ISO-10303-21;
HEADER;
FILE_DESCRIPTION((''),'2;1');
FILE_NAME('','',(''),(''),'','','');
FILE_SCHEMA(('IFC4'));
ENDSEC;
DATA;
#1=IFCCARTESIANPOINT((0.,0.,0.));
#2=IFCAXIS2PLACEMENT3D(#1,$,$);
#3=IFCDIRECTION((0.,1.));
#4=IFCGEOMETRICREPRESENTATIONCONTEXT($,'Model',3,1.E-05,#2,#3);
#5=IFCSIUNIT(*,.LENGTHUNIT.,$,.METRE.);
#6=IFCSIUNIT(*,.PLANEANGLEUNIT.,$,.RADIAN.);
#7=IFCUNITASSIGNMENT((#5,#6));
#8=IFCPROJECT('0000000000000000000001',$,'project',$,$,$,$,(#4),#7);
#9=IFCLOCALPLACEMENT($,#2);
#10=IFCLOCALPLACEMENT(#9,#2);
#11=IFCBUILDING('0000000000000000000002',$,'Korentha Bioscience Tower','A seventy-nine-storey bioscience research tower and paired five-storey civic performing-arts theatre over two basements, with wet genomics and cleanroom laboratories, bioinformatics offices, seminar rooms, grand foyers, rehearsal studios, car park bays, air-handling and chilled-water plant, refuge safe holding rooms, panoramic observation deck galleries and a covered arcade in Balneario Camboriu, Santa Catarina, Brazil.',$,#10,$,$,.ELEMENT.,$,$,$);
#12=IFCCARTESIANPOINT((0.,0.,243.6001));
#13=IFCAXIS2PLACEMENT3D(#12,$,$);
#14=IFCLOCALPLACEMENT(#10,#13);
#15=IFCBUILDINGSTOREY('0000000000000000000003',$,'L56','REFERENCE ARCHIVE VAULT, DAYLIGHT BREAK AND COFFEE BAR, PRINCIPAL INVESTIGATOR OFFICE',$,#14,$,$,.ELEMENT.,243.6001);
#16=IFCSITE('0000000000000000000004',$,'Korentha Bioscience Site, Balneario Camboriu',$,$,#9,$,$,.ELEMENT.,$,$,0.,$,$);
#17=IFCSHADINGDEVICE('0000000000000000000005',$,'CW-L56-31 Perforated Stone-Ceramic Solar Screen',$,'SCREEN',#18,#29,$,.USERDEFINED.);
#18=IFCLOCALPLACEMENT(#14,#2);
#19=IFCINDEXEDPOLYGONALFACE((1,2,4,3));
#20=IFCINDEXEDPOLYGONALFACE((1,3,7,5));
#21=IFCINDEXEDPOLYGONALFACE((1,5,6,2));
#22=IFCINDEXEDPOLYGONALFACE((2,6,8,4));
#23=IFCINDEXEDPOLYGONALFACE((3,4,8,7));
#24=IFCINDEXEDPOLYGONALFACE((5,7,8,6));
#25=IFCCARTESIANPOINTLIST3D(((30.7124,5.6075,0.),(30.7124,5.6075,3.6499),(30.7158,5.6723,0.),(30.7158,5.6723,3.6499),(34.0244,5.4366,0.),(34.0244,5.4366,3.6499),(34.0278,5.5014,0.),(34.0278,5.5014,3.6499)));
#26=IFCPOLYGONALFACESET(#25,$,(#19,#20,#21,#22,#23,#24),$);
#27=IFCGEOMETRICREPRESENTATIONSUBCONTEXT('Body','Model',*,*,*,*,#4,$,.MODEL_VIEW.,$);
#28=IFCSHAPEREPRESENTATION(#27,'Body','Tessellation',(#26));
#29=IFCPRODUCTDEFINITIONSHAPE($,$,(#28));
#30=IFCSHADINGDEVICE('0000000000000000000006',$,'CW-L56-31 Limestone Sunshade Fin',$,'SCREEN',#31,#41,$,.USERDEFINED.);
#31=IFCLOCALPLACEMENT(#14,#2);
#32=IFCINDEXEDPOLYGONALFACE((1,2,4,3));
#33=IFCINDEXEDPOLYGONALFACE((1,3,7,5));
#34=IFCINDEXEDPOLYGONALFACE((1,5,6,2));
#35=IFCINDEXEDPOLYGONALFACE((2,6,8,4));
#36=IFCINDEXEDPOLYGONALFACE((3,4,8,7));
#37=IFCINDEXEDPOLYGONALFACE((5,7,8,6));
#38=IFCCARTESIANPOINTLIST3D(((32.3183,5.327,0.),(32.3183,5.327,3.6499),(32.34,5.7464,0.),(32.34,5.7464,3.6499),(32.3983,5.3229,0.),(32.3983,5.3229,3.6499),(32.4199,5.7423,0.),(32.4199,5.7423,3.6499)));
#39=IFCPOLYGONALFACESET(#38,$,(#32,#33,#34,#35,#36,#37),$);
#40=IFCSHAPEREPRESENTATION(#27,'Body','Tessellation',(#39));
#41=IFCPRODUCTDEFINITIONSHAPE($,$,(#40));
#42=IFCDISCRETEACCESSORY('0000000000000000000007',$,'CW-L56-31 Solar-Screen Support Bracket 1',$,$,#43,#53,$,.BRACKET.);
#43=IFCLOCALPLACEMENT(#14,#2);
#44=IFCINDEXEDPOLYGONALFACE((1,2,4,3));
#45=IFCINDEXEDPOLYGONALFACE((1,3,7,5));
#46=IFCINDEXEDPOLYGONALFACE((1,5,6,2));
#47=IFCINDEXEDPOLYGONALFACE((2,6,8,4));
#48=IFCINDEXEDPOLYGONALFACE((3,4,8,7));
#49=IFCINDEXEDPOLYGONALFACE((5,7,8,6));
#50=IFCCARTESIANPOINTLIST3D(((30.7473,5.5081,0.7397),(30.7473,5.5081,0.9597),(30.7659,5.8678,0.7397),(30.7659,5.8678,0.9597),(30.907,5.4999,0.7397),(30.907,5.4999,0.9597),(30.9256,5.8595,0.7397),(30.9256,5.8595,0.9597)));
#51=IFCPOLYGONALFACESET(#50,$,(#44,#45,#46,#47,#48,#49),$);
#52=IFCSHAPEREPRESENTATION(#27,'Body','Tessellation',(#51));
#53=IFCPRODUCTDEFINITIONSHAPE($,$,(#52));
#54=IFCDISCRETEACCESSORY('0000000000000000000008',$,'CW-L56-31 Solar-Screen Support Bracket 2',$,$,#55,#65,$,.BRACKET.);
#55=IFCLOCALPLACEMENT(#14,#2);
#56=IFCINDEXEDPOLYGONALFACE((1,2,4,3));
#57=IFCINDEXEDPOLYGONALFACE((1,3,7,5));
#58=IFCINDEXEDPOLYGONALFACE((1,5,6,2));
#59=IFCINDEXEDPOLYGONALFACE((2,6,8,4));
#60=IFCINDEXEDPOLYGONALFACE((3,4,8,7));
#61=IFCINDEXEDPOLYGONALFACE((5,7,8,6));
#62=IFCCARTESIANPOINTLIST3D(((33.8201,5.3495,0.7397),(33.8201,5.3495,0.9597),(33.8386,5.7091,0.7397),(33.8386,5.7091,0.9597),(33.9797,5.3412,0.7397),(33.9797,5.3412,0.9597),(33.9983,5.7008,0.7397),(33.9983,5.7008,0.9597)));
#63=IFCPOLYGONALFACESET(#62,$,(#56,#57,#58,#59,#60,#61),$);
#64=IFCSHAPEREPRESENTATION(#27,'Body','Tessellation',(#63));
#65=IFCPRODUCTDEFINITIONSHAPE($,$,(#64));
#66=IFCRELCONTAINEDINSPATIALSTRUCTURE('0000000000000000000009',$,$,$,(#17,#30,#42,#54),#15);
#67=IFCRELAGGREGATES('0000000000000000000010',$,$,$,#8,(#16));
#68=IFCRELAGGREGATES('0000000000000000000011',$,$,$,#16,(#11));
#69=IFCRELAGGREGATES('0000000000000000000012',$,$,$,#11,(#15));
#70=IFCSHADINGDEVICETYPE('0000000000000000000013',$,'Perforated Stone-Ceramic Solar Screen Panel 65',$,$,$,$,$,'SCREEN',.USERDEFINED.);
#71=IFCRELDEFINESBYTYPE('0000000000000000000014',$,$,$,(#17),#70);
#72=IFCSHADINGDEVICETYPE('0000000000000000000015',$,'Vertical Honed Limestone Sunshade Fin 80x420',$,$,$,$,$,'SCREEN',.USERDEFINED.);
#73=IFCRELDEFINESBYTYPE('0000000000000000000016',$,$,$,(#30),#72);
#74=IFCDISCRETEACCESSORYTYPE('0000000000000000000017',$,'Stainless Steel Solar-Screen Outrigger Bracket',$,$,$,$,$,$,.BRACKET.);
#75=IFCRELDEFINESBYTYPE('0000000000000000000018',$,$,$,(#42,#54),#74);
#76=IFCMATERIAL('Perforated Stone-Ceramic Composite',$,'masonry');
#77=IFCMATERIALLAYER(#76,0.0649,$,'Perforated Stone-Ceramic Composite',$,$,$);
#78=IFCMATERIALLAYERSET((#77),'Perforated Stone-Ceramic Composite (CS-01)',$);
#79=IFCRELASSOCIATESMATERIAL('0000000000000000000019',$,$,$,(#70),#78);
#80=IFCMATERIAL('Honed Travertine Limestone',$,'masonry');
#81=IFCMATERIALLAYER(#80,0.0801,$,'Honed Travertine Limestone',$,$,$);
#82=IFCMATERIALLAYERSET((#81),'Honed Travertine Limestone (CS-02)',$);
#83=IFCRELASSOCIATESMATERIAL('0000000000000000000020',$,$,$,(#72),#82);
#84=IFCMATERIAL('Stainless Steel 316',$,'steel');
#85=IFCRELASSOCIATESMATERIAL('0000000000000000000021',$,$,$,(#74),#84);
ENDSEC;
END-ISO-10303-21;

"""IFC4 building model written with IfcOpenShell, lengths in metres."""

from ifc_helpers import new_model, si_unit, direction, frame, origin, origin_2d, place, context, subcontext, project, spatial, rectangle, extrude, material, layer, layer_set, type_object, element, save


model = new_model("IFC4")

# Units and contexts
model_context = context("Model", 3, precision=1e-05, world=origin(), true_north=direction((0.0, 1.0)))
body_context = subcontext(model_context, "Body", "Model", "MODEL_VIEW")
ifc_project = project(units=[si_unit("LENGTHUNIT", "METRE"), si_unit("PLANEANGLEUNIT", "RADIAN")], contexts=[model_context])

# Site, building, storey
site_placement = place(None, origin())
site = spatial("IfcSite", under=ifc_project, at=site_placement, Name="Korentha Bioscience Site, Balneario Camboriu", CompositionType="ELEMENT", RefElevation=0.0)
building_placement = place(site_placement, origin())
building = spatial("IfcBuilding", under=site, at=building_placement, Name="Korentha Bioscience Tower", Description="A seventy-nine-storey bioscience research tower and paired five-storey civic performing-arts theatre over two basements, with wet genomics and cleanroom laboratories, bioinformatics offices, seminar rooms, grand foyers, rehearsal studios, car park bays, air-handling and chilled-water plant, refuge safe holding rooms, panoramic observation deck galleries and a covered arcade in Balneario Camboriu, Santa Catarina, Brazil.", CompositionType="ELEMENT")
storey_placement = place(building_placement, frame((0.0, 0.0, 243.6001)))
storey = spatial("IfcBuildingStorey", under=building, at=storey_placement, Name="L56", Description="REFERENCE ARCHIVE VAULT, DAYLIGHT BREAK AND COFFEE BAR, PRINCIPAL INVESTIGATOR OFFICE", CompositionType="ELEMENT", Elevation=243.6001)

# Shading devices
ifc_material_1 = material(Name="Perforated Stone-Ceramic Composite", Category="masonry")
ifc_layer_1 = layer(ifc_material_1, 0.0649, Name="Perforated Stone-Ceramic Composite")
ifc_layer_set_1 = layer_set([ifc_layer_1], Name="Perforated Stone-Ceramic Composite (CS-01)")
shading_device_type_1 = type_object("IfcShadingDeviceType", Name="Perforated Stone-Ceramic Solar Screen Panel 65", ElementType="SCREEN", PredefinedType="USERDEFINED", material=ifc_layer_set_1)
shading_device_1_placement = place(storey_placement, frame((32.3701, 5.5544, 0.0), z_axis=(0.0, 0.0, 1.0), x_axis=(0.998671, -0.051538, 0.0)))
element("IfcShadingDevice", 1, at=shading_device_1_placement, inside=storey, type_object=shading_device_type_1, Name="CW-L56-31 Perforated Stone-Ceramic Solar Screen", ObjectType="SCREEN", PredefinedType="USERDEFINED", context=body_context, shape_type="SweptSolid", body=[
    extrude(rectangle(XDim=3.3164, YDim=0.0649, at=origin_2d()), origin(), (0.0, 0.0, 1.0), 3.6499),
])
ifc_material_2 = material(Name="Honed Travertine Limestone", Category="masonry")
ifc_layer_2 = layer(ifc_material_2, 0.0801, Name="Honed Travertine Limestone")
ifc_layer_set_2 = layer_set([ifc_layer_2], Name="Honed Travertine Limestone (CS-02)")
shading_device_type_2 = type_object("IfcShadingDeviceType", Name="Vertical Honed Limestone Sunshade Fin 80x420", ElementType="SCREEN", PredefinedType="USERDEFINED", material=ifc_layer_set_2)
shading_device_2_placement = place(storey_placement, frame((32.3691, 5.5347, 0.0), z_axis=(0.0, 0.0, 1.0), x_axis=(0.998671, -0.051538, 0.0)))
element("IfcShadingDevice", 2, at=shading_device_2_placement, inside=storey, type_object=shading_device_type_2, Name="CW-L56-31 Limestone Sunshade Fin", ObjectType="SCREEN", PredefinedType="USERDEFINED", context=body_context, shape_type="SweptSolid", body=[
    extrude(rectangle(XDim=0.0801, YDim=0.4199, at=origin_2d()), origin(), (0.0, 0.0, 1.0), 3.6499),
])

# Discrete accessories
ifc_material_3 = material(Name="Stainless Steel 316", Category="steel")
discrete_accessory_type = type_object("IfcDiscreteAccessoryType", Name="Stainless Steel Solar-Screen Outrigger Bracket", PredefinedType="BRACKET", material=ifc_material_3)
for number, where, z_axis, x_axis, name in (
    (3, (30.8364, 5.6838, 0.7397), (0.0, 0.0, 1.0), (0.998671, -0.051538, 0.0), "CW-L56-31 Solar-Screen Support Bracket 1"),
    (4, (33.9092, 5.5251, 0.7397), (0.0, 0.0, 1.0), (0.998671, -0.051538, 0.0), "CW-L56-31 Solar-Screen Support Bracket 2"),
):
    element("IfcDiscreteAccessory", number, at=place(storey_placement, frame(where, z_axis=z_axis, x_axis=x_axis)), inside=storey, type_object=discrete_accessory_type, Name=name, PredefinedType="BRACKET", context=body_context, shape_type="SweptSolid", body=[
        extrude(rectangle(XDim=0.1599, YDim=0.3601, at=origin_2d()), origin(), (0.0, 0.0, 1.0), 0.22),
    ])

save(model, "model.ifc")
